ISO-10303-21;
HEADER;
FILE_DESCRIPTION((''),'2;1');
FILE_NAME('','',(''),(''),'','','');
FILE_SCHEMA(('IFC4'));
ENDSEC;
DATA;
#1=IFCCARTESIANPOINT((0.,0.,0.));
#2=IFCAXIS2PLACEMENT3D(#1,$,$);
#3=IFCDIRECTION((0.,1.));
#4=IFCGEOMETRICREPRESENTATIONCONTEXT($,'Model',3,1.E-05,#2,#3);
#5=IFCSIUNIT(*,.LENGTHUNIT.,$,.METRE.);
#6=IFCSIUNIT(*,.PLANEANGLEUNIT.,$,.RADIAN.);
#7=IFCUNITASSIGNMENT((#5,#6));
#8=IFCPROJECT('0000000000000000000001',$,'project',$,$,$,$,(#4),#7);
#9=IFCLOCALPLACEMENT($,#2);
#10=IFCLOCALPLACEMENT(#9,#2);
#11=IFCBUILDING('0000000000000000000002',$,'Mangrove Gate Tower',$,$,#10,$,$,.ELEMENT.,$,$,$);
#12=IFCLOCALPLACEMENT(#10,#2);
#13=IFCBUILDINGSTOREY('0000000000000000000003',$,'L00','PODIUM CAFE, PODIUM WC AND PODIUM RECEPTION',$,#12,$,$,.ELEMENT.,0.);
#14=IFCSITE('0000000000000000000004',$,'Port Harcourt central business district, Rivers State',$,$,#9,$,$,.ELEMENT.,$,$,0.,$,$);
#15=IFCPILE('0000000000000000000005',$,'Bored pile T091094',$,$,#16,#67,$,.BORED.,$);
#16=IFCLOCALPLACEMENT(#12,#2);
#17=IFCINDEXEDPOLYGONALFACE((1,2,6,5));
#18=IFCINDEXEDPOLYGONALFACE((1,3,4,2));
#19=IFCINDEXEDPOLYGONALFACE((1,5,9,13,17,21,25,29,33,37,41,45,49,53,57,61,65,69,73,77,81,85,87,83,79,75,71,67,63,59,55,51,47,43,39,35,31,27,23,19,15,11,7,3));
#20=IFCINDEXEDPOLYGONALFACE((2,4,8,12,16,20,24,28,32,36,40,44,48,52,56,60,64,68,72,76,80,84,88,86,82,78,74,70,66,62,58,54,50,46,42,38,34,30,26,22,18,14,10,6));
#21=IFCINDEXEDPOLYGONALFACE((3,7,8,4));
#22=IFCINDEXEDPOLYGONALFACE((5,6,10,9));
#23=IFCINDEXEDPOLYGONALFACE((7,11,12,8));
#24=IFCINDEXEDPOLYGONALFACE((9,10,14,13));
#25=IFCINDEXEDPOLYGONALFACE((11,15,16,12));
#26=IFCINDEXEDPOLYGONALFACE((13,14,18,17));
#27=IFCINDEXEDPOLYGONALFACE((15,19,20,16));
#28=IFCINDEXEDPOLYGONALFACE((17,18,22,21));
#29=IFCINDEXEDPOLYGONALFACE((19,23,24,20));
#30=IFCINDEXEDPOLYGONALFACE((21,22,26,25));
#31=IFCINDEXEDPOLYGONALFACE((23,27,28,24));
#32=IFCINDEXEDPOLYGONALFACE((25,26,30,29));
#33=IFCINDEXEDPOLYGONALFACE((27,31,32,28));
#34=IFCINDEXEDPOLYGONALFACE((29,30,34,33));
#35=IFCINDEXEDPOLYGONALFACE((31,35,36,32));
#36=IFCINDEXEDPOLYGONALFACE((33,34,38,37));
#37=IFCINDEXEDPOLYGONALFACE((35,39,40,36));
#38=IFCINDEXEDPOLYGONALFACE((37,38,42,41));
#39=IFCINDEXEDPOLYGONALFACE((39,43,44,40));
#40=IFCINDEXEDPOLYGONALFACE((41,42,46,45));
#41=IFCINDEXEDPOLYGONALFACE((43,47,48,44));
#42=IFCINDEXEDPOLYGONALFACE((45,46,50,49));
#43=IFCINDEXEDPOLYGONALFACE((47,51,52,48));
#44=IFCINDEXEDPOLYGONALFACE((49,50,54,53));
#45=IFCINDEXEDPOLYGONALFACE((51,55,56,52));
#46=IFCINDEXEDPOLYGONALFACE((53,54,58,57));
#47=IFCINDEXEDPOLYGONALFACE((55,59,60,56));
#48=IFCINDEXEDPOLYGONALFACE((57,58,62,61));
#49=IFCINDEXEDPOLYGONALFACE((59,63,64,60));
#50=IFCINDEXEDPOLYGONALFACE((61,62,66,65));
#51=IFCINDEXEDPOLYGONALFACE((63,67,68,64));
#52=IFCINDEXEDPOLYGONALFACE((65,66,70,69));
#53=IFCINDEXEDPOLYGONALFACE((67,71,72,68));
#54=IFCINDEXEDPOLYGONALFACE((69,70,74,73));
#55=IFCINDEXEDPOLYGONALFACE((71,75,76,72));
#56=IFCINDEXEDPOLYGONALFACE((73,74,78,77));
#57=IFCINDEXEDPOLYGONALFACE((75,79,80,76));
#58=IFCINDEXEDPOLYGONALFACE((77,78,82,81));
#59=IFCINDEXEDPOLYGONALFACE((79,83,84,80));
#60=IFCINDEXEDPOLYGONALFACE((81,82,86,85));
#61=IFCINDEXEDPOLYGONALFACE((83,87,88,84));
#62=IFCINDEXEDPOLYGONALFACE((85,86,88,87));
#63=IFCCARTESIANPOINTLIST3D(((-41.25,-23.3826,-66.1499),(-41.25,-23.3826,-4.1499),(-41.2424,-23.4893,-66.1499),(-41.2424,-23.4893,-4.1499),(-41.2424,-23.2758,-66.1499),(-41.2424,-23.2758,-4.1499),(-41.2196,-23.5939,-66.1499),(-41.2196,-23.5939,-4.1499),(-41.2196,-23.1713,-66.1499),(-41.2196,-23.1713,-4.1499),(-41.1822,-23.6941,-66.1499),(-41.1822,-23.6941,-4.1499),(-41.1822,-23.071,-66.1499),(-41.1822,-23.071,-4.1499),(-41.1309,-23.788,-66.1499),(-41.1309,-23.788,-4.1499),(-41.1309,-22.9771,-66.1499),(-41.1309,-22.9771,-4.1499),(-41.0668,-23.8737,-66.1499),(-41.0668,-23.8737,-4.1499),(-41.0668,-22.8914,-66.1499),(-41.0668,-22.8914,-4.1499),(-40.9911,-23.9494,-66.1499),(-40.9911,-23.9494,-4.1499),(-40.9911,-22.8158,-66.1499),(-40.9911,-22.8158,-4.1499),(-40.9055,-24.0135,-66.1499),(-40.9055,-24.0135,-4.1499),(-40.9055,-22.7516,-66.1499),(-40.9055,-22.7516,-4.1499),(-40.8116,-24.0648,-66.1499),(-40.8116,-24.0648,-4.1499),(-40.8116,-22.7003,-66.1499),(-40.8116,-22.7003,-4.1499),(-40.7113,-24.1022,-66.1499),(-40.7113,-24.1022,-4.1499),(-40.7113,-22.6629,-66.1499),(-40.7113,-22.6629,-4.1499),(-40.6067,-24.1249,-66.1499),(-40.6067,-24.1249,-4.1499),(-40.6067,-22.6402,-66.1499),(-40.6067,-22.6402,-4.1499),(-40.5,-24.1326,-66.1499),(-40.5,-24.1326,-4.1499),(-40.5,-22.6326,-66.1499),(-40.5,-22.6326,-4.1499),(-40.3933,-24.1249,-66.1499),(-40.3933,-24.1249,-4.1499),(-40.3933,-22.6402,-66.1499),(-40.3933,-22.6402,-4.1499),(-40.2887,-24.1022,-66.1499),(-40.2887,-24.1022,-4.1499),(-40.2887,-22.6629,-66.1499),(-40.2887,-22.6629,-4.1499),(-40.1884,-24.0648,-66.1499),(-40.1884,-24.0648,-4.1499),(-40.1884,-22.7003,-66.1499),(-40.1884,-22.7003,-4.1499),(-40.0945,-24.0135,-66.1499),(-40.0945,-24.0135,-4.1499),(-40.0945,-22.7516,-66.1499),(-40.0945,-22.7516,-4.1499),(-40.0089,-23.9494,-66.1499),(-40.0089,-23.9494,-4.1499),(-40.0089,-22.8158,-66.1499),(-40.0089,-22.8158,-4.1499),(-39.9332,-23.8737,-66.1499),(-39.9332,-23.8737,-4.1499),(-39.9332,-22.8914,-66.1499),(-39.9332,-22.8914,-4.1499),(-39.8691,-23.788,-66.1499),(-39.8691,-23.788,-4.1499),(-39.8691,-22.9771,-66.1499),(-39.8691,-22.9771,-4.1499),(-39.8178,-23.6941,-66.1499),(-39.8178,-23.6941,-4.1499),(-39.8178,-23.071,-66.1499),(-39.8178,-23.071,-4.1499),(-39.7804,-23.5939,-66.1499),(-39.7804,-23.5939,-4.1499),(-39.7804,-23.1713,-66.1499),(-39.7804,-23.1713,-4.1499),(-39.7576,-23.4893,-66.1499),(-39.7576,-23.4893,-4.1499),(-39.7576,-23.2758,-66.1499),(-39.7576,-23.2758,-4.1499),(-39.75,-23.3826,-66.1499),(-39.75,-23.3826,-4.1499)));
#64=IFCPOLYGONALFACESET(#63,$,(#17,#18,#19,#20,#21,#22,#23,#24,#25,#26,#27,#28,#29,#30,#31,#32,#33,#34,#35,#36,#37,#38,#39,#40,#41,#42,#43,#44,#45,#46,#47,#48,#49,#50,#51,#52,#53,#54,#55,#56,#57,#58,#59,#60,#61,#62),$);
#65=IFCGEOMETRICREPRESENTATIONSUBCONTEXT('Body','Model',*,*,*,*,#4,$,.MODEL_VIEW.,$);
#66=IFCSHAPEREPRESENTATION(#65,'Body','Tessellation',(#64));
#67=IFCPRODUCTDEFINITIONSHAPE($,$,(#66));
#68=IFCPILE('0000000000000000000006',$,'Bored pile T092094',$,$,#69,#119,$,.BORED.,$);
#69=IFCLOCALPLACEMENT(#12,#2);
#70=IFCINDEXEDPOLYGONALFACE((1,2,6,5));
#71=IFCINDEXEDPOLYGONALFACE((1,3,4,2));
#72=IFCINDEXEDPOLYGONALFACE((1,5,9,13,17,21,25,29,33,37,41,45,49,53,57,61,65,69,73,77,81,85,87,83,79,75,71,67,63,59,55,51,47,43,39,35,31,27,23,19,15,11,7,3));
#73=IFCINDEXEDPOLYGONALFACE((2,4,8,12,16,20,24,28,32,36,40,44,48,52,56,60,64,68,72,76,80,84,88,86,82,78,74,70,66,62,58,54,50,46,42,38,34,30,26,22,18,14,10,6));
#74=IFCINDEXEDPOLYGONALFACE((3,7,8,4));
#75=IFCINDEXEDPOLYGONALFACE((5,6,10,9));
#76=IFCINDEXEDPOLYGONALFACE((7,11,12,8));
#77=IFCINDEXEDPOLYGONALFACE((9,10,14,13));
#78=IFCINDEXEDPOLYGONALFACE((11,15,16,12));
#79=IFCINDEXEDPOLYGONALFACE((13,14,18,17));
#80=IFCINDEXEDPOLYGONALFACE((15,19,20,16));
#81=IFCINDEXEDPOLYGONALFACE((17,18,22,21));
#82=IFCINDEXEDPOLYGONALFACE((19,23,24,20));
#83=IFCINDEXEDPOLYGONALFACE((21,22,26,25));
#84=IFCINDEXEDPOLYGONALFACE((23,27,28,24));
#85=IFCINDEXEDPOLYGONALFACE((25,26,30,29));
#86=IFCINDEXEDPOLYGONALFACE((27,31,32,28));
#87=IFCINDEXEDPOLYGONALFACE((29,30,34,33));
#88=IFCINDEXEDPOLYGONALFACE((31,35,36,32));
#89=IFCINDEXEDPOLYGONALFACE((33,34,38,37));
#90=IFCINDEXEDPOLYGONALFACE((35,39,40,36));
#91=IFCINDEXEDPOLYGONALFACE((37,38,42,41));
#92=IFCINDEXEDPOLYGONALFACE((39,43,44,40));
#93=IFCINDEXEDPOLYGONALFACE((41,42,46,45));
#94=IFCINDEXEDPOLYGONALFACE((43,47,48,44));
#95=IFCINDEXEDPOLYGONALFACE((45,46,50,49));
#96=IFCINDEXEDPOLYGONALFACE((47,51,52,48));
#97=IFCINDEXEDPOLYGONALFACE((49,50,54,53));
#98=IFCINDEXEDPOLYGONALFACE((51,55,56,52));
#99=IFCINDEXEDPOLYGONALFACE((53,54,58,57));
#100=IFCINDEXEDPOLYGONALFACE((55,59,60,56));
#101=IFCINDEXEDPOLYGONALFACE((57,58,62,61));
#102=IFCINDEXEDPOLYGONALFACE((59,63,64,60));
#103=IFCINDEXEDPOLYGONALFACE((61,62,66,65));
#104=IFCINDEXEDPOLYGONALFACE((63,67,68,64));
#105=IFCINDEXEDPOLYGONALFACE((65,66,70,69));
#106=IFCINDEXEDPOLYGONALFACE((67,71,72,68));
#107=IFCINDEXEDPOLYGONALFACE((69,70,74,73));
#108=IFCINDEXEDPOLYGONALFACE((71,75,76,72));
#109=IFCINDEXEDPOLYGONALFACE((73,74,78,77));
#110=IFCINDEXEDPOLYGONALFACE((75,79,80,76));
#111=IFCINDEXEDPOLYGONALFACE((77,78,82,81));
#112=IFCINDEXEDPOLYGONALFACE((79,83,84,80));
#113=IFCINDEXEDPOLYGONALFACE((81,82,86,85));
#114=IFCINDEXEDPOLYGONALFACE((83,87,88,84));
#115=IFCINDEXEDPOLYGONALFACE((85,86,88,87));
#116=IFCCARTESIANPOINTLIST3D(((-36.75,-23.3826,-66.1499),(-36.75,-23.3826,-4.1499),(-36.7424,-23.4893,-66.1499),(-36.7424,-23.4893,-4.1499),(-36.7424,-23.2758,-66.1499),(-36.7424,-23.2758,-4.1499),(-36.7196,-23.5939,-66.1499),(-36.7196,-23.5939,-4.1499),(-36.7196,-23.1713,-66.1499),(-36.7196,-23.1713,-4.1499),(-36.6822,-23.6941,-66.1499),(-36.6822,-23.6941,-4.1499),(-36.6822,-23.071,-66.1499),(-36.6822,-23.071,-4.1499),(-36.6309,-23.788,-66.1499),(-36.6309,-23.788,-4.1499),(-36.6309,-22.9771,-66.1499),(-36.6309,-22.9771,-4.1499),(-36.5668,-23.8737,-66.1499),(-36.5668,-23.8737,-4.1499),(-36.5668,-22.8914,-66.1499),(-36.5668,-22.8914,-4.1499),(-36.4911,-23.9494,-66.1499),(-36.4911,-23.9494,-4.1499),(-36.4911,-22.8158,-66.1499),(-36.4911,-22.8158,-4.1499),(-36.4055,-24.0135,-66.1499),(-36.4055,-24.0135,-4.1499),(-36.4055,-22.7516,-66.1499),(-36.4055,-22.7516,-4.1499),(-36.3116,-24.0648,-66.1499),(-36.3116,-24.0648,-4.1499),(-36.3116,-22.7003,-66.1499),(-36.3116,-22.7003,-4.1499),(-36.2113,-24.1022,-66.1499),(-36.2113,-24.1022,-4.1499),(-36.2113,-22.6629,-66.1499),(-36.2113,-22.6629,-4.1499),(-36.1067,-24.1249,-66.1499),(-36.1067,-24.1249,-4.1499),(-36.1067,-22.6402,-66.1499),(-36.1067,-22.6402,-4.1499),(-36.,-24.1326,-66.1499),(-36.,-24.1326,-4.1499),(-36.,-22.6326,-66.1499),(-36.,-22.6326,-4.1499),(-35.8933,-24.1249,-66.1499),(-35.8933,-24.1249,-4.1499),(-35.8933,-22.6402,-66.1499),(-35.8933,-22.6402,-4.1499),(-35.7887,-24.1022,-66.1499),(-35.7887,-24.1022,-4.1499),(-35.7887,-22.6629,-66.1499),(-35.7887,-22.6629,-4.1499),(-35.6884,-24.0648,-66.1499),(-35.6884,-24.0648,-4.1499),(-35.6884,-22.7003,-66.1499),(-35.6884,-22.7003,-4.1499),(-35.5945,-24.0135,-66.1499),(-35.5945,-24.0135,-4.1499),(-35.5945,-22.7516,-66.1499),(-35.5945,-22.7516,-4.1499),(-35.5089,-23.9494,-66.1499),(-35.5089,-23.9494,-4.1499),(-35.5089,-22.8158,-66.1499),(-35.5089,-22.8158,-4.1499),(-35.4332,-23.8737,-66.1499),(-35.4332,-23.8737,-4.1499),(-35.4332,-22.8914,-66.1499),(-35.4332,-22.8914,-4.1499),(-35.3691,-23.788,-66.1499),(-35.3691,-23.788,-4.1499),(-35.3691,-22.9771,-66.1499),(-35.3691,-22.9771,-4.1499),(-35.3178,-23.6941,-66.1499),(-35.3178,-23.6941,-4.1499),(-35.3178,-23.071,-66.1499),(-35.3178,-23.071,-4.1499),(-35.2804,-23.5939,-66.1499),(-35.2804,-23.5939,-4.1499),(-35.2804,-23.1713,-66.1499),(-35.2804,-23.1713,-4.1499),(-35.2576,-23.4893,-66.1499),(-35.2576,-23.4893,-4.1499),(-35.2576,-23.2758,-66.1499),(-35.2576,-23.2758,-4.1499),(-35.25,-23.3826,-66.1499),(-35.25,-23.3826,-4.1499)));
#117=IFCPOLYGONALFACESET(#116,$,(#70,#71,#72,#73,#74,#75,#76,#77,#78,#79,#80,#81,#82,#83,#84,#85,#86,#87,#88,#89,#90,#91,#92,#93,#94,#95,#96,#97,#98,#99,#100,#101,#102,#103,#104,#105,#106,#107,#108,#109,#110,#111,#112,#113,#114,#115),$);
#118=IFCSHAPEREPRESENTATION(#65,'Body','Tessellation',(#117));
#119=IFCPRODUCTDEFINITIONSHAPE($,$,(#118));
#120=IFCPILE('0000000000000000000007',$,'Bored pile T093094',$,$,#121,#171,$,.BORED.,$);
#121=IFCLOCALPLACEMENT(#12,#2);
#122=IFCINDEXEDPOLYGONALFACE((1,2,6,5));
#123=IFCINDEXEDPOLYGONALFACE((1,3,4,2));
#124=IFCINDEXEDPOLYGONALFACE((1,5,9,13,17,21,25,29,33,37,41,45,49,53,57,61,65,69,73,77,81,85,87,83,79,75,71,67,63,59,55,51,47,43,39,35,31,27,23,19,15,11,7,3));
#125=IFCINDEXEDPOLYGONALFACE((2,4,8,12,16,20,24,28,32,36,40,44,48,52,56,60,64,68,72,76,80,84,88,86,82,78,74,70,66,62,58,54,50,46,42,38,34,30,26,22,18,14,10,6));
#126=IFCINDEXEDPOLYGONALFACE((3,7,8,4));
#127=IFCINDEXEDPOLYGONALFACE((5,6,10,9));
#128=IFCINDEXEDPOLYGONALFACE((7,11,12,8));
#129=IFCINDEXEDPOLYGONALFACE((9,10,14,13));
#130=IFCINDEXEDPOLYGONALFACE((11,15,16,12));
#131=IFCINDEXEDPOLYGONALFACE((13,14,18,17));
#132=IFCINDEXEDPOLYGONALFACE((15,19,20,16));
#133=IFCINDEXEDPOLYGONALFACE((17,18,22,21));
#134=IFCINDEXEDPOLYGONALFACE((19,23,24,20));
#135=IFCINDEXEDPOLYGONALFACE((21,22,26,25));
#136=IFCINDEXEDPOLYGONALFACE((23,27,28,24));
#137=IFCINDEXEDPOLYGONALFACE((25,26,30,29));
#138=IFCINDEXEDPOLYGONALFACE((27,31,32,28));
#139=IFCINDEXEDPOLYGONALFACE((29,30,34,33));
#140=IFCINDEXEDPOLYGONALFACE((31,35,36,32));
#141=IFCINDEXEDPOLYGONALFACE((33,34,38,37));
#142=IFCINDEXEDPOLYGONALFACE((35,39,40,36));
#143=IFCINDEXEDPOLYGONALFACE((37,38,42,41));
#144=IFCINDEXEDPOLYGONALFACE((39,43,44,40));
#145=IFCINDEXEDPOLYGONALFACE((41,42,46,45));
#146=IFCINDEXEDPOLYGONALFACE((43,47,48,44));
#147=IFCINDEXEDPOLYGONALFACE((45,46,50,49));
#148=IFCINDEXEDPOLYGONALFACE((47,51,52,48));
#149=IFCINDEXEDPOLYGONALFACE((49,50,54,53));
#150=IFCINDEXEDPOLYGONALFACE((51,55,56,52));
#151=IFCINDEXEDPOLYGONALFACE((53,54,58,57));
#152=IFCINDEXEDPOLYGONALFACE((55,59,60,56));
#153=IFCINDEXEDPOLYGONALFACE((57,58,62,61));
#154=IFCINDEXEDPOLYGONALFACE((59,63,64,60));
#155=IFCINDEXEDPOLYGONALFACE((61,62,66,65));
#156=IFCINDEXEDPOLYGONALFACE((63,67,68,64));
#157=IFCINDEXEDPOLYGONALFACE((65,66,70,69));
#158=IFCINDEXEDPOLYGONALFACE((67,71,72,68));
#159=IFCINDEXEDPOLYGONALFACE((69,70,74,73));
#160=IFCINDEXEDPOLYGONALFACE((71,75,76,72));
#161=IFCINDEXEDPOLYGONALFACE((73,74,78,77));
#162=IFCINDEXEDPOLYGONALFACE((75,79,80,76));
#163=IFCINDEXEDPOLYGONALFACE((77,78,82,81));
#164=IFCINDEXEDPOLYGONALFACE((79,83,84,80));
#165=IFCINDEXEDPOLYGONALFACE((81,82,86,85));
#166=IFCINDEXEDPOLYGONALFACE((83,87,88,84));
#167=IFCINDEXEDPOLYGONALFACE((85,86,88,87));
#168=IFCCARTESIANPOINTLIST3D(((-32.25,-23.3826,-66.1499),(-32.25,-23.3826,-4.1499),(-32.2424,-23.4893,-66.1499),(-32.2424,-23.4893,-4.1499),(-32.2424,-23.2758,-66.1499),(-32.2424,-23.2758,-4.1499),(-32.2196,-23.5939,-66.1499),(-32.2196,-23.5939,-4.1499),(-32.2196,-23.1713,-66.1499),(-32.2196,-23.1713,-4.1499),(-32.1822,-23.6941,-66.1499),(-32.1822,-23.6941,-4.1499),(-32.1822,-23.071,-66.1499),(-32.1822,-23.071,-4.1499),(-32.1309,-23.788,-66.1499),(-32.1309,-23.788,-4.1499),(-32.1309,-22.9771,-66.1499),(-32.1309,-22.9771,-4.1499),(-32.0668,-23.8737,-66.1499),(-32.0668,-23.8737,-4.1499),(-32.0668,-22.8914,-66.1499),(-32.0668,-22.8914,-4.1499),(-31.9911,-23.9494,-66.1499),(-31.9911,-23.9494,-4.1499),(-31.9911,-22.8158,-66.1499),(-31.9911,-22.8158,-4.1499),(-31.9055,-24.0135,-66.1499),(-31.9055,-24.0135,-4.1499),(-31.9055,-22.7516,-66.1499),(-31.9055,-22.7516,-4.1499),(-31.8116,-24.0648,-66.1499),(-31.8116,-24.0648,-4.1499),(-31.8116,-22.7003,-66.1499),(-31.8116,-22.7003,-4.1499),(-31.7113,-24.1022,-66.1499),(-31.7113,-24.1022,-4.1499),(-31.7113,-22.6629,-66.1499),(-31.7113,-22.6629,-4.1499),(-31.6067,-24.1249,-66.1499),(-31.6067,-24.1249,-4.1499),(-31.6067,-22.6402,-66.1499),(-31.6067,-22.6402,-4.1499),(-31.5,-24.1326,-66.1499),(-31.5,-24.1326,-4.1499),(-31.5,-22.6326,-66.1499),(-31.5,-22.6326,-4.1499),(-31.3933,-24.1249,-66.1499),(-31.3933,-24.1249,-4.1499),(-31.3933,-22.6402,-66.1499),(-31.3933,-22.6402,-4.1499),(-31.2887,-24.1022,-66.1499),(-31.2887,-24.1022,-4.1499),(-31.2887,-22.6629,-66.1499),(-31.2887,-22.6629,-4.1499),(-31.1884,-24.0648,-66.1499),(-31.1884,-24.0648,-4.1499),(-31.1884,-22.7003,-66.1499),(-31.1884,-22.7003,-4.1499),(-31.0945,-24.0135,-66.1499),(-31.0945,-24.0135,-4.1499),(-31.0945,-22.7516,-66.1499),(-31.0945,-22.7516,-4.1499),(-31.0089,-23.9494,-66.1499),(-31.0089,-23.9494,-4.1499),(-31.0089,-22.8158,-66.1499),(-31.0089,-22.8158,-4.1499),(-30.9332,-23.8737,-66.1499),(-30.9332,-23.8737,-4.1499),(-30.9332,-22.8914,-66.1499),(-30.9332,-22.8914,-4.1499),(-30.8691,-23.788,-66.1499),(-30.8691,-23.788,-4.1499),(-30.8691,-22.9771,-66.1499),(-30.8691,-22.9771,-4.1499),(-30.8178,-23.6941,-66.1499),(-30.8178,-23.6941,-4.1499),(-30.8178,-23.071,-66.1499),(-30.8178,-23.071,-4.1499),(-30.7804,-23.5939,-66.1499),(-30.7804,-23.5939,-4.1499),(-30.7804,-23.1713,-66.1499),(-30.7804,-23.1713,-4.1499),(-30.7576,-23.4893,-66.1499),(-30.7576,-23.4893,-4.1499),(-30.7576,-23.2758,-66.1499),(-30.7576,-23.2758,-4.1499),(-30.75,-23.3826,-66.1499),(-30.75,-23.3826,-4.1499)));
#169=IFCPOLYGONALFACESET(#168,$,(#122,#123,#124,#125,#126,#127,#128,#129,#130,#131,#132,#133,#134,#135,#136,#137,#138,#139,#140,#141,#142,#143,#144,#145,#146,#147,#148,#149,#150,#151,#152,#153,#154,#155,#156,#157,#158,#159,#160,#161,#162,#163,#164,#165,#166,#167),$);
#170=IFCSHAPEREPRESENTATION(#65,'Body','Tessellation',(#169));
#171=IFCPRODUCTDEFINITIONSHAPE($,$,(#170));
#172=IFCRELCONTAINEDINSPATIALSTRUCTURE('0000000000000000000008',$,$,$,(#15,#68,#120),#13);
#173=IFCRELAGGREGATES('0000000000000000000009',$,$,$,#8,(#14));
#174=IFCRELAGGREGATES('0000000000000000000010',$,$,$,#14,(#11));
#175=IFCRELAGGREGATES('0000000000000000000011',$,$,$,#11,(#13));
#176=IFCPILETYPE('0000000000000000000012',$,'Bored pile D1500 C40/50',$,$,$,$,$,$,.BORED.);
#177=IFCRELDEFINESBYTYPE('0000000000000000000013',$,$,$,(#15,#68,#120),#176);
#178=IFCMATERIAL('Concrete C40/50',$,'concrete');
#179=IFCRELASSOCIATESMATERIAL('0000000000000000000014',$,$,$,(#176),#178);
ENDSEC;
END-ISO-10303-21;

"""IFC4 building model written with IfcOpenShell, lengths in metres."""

from ifc_helpers import new_model, si_unit, direction, frame, origin, origin_2d, place, context, subcontext, project, spatial, circle, extrude, material, material_profile, profile_set, type_object, element, save


model = new_model("IFC4")

# Units and contexts
model_context = context("Model", 3, precision=1e-05, world=origin(), true_north=direction((0.0, 1.0)))
body_context = subcontext(model_context, "Body", "Model", "MODEL_VIEW")
ifc_project = project(units=[si_unit("LENGTHUNIT", "METRE"), si_unit("PLANEANGLEUNIT", "RADIAN")], contexts=[model_context])

# Site, building, storey
site_placement = place(None, origin())
site = spatial("IfcSite", under=ifc_project, at=site_placement, Name="Port Harcourt central business district, Rivers State", CompositionType="ELEMENT", RefElevation=0.0)
building_placement = place(site_placement, origin())
building = spatial("IfcBuilding", under=site, at=building_placement, Name="Mangrove Gate Tower", CompositionType="ELEMENT")
storey_placement = place(building_placement, origin())
storey = spatial("IfcBuildingStorey", under=building, at=storey_placement, Name="L00", Description="PODIUM CAFE, PODIUM WC AND PODIUM RECEPTION", CompositionType="ELEMENT", Elevation=0.0)

# Piles
ifc_material_1 = material(Name="Concrete C40/50", Category="concrete")
ifc_material_profile_1 = material_profile(ifc_material_1, circle(Radius=0.75, at=origin_2d()))
ifc_profile_set_1 = profile_set([ifc_material_profile_1], Name="Concrete C40/50")
pile_type = type_object("IfcPileType", Name="Bored pile D1500 C40/50", PredefinedType="BORED", material=ifc_profile_set_1)
for number, where, z_axis, x_axis, name in (
    (1, (-40.5, -23.3826, -4.1499), (0.0, 0.0, -1.0), (1.0, 0.0, 0.0), "Bored pile T091094"),
    (2, (-36.0, -23.3826, -4.1499), (0.0, 0.0, -1.0), (1.0, 0.0, 0.0), "Bored pile T092094"),
    (3, (-31.5, -23.3826, -4.1499), (0.0, 0.0, -1.0), (1.0, 0.0, 0.0), "Bored pile T093094"),
):
    element("IfcPile", number, at=place(storey_placement, frame(where, z_axis=z_axis, x_axis=x_axis)), inside=storey, type_object=pile_type, Name=name, PredefinedType="BORED", context=body_context, shape_type="SweptSolid", body=[
        extrude(circle(Radius=0.75, at=origin_2d()), origin(), (0.0, 0.0, 1.0), 62.0),
    ])

save(model, "model.ifc")
